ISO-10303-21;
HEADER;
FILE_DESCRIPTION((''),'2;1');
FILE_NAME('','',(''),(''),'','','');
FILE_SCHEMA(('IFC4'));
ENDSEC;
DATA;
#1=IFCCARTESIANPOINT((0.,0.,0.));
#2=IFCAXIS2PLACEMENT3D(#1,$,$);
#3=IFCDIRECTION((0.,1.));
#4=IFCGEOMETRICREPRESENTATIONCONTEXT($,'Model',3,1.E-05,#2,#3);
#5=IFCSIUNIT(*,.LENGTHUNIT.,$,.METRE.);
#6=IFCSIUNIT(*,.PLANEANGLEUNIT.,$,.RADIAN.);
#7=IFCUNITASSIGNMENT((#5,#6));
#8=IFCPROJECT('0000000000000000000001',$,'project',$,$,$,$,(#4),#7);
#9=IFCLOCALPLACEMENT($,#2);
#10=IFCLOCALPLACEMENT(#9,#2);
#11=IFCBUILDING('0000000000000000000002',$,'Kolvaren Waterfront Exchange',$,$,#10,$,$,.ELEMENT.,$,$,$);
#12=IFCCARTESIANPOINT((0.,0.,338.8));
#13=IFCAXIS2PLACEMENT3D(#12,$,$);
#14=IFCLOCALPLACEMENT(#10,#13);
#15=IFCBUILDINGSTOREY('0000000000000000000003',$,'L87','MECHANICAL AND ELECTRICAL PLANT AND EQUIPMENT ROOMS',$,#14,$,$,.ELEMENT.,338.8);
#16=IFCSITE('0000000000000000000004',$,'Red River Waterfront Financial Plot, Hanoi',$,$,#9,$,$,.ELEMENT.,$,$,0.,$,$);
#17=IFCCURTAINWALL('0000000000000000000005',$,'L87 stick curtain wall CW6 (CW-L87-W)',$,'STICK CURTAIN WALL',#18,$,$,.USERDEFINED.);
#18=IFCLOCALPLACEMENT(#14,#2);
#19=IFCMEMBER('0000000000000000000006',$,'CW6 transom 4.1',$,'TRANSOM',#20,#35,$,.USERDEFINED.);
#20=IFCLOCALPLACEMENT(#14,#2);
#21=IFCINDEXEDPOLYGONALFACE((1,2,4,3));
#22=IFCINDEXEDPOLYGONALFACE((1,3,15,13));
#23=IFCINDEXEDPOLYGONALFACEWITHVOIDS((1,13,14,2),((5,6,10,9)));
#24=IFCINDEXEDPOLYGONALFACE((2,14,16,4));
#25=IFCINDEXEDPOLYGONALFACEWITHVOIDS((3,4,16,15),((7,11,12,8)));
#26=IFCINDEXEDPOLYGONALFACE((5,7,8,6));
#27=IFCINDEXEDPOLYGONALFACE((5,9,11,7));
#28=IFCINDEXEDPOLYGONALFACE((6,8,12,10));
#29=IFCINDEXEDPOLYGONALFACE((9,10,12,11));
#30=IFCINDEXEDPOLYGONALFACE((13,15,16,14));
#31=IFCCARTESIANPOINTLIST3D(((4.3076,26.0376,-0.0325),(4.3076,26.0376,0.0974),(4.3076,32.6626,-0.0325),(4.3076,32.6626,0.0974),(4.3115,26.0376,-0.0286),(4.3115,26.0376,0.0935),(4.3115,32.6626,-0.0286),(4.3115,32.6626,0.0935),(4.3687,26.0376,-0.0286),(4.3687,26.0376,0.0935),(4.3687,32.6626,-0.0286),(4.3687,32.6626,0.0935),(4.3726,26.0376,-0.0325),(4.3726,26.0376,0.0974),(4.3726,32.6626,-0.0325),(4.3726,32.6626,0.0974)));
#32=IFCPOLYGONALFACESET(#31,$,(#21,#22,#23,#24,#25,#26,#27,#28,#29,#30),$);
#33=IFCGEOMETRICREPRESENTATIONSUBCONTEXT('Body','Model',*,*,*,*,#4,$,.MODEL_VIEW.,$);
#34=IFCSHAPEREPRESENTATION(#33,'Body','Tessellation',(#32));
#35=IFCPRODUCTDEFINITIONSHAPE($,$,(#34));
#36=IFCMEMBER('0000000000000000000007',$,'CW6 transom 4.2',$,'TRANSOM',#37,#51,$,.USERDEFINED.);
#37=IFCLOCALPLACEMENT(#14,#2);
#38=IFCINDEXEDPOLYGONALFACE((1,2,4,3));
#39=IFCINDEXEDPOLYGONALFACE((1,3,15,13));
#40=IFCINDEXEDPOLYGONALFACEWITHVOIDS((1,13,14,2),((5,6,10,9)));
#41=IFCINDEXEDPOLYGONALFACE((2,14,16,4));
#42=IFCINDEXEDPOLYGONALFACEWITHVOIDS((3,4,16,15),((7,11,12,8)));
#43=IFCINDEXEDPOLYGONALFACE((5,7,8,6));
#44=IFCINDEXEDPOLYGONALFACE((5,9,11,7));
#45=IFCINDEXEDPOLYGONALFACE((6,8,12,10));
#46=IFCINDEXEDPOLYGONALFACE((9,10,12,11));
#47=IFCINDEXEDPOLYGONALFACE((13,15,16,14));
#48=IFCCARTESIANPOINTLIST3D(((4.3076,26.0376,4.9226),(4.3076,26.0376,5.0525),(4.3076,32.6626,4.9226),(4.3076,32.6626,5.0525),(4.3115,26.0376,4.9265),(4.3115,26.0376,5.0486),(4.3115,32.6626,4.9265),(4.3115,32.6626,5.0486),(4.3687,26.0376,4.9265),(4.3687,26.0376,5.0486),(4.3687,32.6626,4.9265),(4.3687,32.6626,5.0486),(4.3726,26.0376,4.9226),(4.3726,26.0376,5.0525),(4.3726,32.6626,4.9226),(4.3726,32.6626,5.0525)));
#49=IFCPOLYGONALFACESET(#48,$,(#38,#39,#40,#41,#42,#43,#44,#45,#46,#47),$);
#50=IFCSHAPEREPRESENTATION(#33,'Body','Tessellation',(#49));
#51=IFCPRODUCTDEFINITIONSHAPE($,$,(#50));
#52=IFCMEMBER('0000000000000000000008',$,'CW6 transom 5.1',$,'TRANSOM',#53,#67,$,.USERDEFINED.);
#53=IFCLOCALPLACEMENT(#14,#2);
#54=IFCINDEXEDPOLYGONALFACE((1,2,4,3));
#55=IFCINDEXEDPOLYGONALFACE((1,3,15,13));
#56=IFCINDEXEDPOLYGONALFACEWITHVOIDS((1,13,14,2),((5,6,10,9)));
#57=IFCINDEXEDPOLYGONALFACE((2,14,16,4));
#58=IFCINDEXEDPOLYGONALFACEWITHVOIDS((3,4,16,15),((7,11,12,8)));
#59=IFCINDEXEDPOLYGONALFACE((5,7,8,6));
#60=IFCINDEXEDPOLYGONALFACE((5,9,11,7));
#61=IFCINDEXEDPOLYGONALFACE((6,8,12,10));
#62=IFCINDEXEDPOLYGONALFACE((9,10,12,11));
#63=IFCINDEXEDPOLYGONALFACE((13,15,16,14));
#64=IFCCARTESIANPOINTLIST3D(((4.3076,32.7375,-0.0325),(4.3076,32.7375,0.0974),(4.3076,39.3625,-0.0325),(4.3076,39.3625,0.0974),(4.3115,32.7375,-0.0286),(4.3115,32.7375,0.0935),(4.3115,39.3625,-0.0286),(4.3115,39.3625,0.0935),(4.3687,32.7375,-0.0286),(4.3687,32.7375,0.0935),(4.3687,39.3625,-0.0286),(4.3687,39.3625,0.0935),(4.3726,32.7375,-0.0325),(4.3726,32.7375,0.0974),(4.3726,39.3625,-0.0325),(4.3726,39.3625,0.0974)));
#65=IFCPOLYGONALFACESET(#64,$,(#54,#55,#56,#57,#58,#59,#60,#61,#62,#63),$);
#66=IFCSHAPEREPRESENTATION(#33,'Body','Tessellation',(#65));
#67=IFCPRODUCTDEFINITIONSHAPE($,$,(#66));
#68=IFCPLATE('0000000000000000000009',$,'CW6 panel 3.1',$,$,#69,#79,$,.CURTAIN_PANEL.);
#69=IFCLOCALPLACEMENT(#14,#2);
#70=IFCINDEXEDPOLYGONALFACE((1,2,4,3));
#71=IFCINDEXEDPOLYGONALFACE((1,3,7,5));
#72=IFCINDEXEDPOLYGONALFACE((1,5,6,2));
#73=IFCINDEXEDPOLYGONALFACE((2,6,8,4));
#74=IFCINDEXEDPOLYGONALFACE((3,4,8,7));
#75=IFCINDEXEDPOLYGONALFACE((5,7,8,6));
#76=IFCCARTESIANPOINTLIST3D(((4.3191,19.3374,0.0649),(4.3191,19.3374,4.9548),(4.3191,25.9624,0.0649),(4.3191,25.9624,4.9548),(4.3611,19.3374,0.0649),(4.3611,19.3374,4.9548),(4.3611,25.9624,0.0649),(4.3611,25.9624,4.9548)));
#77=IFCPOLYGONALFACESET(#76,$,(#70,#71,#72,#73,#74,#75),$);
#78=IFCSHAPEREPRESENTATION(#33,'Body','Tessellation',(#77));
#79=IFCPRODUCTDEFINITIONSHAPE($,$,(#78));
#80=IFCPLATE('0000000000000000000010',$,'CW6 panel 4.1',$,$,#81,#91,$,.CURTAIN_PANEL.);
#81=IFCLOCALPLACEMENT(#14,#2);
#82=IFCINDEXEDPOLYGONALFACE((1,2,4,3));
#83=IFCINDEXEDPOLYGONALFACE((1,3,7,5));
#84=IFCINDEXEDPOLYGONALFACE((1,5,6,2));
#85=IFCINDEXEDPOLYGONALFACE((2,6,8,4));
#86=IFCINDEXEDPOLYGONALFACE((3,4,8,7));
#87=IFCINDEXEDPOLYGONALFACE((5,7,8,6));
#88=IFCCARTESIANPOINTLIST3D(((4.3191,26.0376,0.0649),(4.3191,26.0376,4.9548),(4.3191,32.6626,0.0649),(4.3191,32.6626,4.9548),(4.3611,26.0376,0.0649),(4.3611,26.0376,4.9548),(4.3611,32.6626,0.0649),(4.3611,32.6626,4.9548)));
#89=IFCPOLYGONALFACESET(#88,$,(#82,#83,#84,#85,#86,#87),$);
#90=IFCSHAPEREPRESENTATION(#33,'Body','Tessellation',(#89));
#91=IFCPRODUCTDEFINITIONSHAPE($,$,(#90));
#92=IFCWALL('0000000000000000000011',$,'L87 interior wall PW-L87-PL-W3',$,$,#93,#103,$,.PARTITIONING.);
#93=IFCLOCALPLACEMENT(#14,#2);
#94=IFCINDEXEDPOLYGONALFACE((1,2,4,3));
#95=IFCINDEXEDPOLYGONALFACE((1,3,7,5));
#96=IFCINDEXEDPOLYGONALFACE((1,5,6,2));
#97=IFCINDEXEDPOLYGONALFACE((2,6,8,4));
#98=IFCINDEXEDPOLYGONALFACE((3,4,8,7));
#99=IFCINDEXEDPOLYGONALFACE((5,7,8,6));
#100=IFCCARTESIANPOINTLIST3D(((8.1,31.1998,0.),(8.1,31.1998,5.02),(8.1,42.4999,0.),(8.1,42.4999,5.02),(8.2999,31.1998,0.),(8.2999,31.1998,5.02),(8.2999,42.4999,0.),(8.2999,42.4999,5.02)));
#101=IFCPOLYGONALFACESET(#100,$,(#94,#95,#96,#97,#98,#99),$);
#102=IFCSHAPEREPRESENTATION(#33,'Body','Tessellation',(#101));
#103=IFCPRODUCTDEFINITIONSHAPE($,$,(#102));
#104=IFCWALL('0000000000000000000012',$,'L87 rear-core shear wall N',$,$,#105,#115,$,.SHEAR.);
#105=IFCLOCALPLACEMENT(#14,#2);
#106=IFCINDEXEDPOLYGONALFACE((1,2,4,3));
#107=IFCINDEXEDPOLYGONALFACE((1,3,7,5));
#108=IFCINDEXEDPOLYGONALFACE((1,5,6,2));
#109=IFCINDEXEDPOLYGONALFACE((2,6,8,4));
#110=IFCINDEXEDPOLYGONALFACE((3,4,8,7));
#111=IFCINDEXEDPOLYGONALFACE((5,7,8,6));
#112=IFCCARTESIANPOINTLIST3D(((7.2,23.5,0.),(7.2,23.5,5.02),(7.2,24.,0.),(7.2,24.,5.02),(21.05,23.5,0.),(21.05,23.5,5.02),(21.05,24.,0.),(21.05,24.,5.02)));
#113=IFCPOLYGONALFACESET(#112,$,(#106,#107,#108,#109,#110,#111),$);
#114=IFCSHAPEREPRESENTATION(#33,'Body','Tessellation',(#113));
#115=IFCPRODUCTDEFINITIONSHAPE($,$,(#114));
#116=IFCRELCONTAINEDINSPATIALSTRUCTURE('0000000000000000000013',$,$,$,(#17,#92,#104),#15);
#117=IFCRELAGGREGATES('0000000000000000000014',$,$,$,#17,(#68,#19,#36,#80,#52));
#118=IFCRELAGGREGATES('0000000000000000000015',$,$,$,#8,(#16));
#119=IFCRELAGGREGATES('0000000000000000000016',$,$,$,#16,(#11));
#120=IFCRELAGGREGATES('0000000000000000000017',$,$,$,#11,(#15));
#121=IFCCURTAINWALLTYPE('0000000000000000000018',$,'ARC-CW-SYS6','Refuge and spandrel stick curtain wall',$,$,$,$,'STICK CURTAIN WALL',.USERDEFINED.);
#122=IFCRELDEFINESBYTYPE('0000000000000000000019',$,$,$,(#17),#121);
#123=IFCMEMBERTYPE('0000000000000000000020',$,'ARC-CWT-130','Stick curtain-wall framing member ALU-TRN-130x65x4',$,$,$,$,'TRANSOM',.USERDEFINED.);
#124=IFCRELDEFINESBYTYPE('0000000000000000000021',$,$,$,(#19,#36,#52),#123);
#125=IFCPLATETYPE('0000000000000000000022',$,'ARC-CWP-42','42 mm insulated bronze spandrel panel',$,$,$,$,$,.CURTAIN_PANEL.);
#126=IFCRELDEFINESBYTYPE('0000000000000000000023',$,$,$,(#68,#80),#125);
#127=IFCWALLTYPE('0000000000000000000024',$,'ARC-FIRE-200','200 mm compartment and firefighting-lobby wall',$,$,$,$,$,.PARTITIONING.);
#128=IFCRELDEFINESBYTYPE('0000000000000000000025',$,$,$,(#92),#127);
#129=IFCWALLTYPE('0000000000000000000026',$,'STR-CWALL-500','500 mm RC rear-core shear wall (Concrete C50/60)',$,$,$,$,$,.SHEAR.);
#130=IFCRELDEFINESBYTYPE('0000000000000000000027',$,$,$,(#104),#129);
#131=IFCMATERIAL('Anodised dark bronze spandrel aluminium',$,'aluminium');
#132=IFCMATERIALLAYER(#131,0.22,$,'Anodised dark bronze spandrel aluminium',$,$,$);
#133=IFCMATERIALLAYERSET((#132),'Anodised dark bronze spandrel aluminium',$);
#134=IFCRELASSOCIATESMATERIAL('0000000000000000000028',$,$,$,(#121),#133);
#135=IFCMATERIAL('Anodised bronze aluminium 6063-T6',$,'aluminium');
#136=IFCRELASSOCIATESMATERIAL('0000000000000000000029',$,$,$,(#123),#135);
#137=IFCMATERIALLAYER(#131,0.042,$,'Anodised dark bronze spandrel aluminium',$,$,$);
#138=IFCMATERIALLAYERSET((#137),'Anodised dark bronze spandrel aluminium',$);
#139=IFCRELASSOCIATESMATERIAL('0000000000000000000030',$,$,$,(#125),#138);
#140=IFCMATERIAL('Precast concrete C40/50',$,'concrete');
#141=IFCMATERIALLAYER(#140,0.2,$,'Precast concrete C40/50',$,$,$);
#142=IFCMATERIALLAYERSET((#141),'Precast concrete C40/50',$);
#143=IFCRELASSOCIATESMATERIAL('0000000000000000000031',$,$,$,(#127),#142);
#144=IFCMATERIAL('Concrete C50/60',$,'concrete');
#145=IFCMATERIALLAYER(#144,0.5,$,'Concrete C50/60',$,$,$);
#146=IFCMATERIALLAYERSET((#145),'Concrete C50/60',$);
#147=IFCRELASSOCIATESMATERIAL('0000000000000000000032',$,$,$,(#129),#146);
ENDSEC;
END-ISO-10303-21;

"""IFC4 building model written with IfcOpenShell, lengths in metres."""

from ifc_helpers import new_model, si_unit, direction, frame, frame_2d, origin, origin_with_axes, origin_2d, place, context, subcontext, project, spatial, rectangle, hollow_rectangle, extrude, source, transform, mapped, material, layer, layer_set, material_profile, profile_set, type_object, element, aggregate, save


model = new_model("IFC4")

# Units and contexts
model_context = context("Model", 3, precision=1e-05, world=origin(), true_north=direction((0.0, 1.0)))
body_context = subcontext(model_context, "Body", "Model", "MODEL_VIEW")
ifc_project = project(units=[si_unit("LENGTHUNIT", "METRE"), si_unit("PLANEANGLEUNIT", "RADIAN")], contexts=[model_context])

# Site, building, storey
site_placement = place(None, origin())
site = spatial("IfcSite", under=ifc_project, at=site_placement, Name="Red River Waterfront Financial Plot, Hanoi", CompositionType="ELEMENT", RefElevation=0.0)
building_placement = place(site_placement, origin())
building = spatial("IfcBuilding", under=site, at=building_placement, Name="Kolvaren Waterfront Exchange", CompositionType="ELEMENT")
storey_placement = place(building_placement, frame((0.0, 0.0, 338.8)))
storey = spatial("IfcBuildingStorey", under=building, at=storey_placement, Name="L87", Description="MECHANICAL AND ELECTRICAL PLANT AND EQUIPMENT ROOMS", CompositionType="ELEMENT", Elevation=338.8)

# Shared definitions
ifc_material_1 = material(Name="Concrete C50/60", Category="concrete")

# Curtain wall, members, plates
ifc_material_2 = material(Name="Anodised dark bronze spandrel aluminium", Category="aluminium")
ifc_layer_1 = layer(ifc_material_2, 0.22, Name="Anodised dark bronze spandrel aluminium")
ifc_layer_set_1 = layer_set([ifc_layer_1], Name="Anodised dark bronze spandrel aluminium")
curtain_wall_type = type_object("IfcCurtainWallType", Name="ARC-CW-SYS6", Description="Refuge and spandrel stick curtain wall", ElementType="STICK CURTAIN WALL", PredefinedType="USERDEFINED", material=ifc_layer_set_1)
curtain_wall_placement = place(storey_placement, origin())
curtain_wall = element("IfcCurtainWall", 1, at=curtain_wall_placement, inside=storey, type_object=curtain_wall_type, Name="L87 stick curtain wall CW6 (CW-L87-W)", ObjectType="STICK CURTAIN WALL", PredefinedType="USERDEFINED")
ifc_material_3 = material(Name="Anodised bronze aluminium 6063-T6", Category="aluminium")
ifc_material_profile_1 = material_profile(ifc_material_3, hollow_rectangle(XDim=0.0649, YDim=0.1299, WallThickness=0.0039, at=origin_2d()), Name="ALU-TRN-130x65x4")
ifc_profile_set_1 = profile_set([ifc_material_profile_1], Name="Anodised bronze aluminium 6063-T6")
member_type_1 = type_object("IfcMemberType", Name="ARC-CWT-130", Description="Stick curtain-wall framing member ALU-TRN-130x65x4", ElementType="TRANSOM", PredefinedType="USERDEFINED", material=ifc_profile_set_1)
shared_shape_1 = source(origin_with_axes(), body_context, "Body", "SweptSolid", [
    extrude(hollow_rectangle(XDim=0.0649, YDim=0.1299, WallThickness=0.0039, at=origin_2d()), origin(), (0.0, 0.0, 1.0), 6.625),
])
member_1_placement = place(storey_placement, frame((4.3401, 26.0376, 0.0325), z_axis=(0.0, 1.0, 0.0), x_axis=(-1.0, 0.0, 0.0)))
member_1 = element("IfcMember", 2, at=member_1_placement, type_object=member_type_1, Name="CW6 transom 4.1", ObjectType="TRANSOM", PredefinedType="USERDEFINED", context=body_context, shape_type="MappedRepresentation", body=[
    mapped(shared_shape_1, transform((0.0, 0.0, 0.0), x_axis=(1.0, 0.0, 0.0), y_axis=(0.0, 1.0, 0.0), z_axis=(0.0, 0.0, 1.0), scale=1.0)),
])
member_2_placement = place(storey_placement, frame((4.3401, 26.0376, 4.9875), z_axis=(0.0, 1.0, 0.0), x_axis=(-1.0, 0.0, 0.0)))
member_2 = element("IfcMember", 3, at=member_2_placement, type_object=member_type_1, Name="CW6 transom 4.2", ObjectType="TRANSOM", PredefinedType="USERDEFINED", context=body_context, shape_type="MappedRepresentation", body=[
    mapped(shared_shape_1, transform((0.0, 0.0, 0.0), x_axis=(1.0, 0.0, 0.0), y_axis=(0.0, 1.0, 0.0), z_axis=(0.0, 0.0, 1.0), scale=1.0)),
])
member_3_placement = place(storey_placement, frame((4.3401, 32.7375, 0.0325), z_axis=(0.0, 1.0, 0.0), x_axis=(-1.0, 0.0, 0.0)))
member_3 = element("IfcMember", 4, at=member_3_placement, type_object=member_type_1, Name="CW6 transom 5.1", ObjectType="TRANSOM", PredefinedType="USERDEFINED", context=body_context, shape_type="MappedRepresentation", body=[
    mapped(shared_shape_1, transform((0.0, 0.0, 0.0), x_axis=(1.0, 0.0, 0.0), y_axis=(0.0, 1.0, 0.0), z_axis=(0.0, 0.0, 1.0), scale=1.0)),
])
ifc_layer_2 = layer(ifc_material_2, 0.042, Name="Anodised dark bronze spandrel aluminium")
ifc_layer_set_2 = layer_set([ifc_layer_2], Name="Anodised dark bronze spandrel aluminium")
plate_type = type_object("IfcPlateType", Name="ARC-CWP-42", Description="42 mm insulated bronze spandrel panel", PredefinedType="CURTAIN_PANEL", material=ifc_layer_set_2)
shared_shape_2 = source(origin_with_axes(), body_context, "Body", "SweptSolid", [
    extrude(rectangle(XDim=6.625, YDim=0.042, at=origin_2d()), origin(), (0.0, 0.0, 1.0), 4.8899),
])
plate_1_placement = place(storey_placement, frame((4.3401, 22.6499, 0.0649), z_axis=(0.0, 0.0, 1.0), x_axis=(0.0, 1.0, 0.0)))
plate_1 = element("IfcPlate", 5, at=plate_1_placement, type_object=plate_type, Name="CW6 panel 3.1", PredefinedType="CURTAIN_PANEL", context=body_context, shape_type="MappedRepresentation", body=[
    mapped(shared_shape_2, transform((0.0, 0.0, 0.0), x_axis=(1.0, 0.0, 0.0), y_axis=(0.0, 1.0, 0.0), z_axis=(0.0, 0.0, 1.0), scale=1.0)),
])
plate_2_placement = place(storey_placement, frame((4.3401, 29.3501, 0.0649), z_axis=(0.0, 0.0, 1.0), x_axis=(0.0, 1.0, 0.0)))
plate_2 = element("IfcPlate", 6, at=plate_2_placement, type_object=plate_type, Name="CW6 panel 4.1", PredefinedType="CURTAIN_PANEL", context=body_context, shape_type="MappedRepresentation", body=[
    mapped(shared_shape_2, transform((0.0, 0.0, 0.0), x_axis=(1.0, 0.0, 0.0), y_axis=(0.0, 1.0, 0.0), z_axis=(0.0, 0.0, 1.0), scale=1.0)),
])
aggregate(curtain_wall, [plate_1, member_1, member_2, plate_2, member_3])

# Wall
ifc_material_4 = material(Name="Precast concrete C40/50", Category="concrete")
ifc_layer_3 = layer(ifc_material_4, 0.2, Name="Precast concrete C40/50")
ifc_layer_set_3 = layer_set([ifc_layer_3], Name="Precast concrete C40/50")
wall_type_1 = type_object("IfcWallType", Name="ARC-FIRE-200", Description="200 mm compartment and firefighting-lobby wall", PredefinedType="PARTITIONING", material=ifc_layer_set_3)
wall_1_placement = place(storey_placement, frame((8.2, 31.2, 0.0), z_axis=(0.0, 0.0, 1.0), x_axis=(0.0, 1.0, 0.0)))
element("IfcWall", 7, at=wall_1_placement, inside=storey, type_object=wall_type_1, Name="L87 interior wall PW-L87-PL-W3", PredefinedType="PARTITIONING", context=body_context, shape_type="SweptSolid", body=[
    extrude(rectangle(XDim=11.3, YDim=0.2, at=frame_2d((5.6499, 0.0))), origin(), (0.0, 0.0, 1.0), 5.02),
])

# Wall
ifc_layer_4 = layer(ifc_material_1, 0.5, Name="Concrete C50/60")
ifc_layer_set_4 = layer_set([ifc_layer_4], Name="Concrete C50/60")
wall_type_2 = type_object("IfcWallType", Name="STR-CWALL-500", Description="500 mm RC rear-core shear wall (Concrete C50/60)", PredefinedType="SHEAR", material=ifc_layer_set_4)
wall_2_placement = place(storey_placement, frame((7.2, 23.75, 0.0), z_axis=(0.0, 0.0, 1.0), x_axis=(1.0, 0.0, 0.0)))
element("IfcWall", 8, at=wall_2_placement, inside=storey, type_object=wall_type_2, Name="L87 rear-core shear wall N", PredefinedType="SHEAR", context=body_context, shape_type="SweptSolid", body=[
    extrude(rectangle(XDim=13.8501, YDim=0.5, at=frame_2d((6.925, 0.0))), origin(), (0.0, 0.0, 1.0), 5.02),
])

save(model, "model.ifc")
